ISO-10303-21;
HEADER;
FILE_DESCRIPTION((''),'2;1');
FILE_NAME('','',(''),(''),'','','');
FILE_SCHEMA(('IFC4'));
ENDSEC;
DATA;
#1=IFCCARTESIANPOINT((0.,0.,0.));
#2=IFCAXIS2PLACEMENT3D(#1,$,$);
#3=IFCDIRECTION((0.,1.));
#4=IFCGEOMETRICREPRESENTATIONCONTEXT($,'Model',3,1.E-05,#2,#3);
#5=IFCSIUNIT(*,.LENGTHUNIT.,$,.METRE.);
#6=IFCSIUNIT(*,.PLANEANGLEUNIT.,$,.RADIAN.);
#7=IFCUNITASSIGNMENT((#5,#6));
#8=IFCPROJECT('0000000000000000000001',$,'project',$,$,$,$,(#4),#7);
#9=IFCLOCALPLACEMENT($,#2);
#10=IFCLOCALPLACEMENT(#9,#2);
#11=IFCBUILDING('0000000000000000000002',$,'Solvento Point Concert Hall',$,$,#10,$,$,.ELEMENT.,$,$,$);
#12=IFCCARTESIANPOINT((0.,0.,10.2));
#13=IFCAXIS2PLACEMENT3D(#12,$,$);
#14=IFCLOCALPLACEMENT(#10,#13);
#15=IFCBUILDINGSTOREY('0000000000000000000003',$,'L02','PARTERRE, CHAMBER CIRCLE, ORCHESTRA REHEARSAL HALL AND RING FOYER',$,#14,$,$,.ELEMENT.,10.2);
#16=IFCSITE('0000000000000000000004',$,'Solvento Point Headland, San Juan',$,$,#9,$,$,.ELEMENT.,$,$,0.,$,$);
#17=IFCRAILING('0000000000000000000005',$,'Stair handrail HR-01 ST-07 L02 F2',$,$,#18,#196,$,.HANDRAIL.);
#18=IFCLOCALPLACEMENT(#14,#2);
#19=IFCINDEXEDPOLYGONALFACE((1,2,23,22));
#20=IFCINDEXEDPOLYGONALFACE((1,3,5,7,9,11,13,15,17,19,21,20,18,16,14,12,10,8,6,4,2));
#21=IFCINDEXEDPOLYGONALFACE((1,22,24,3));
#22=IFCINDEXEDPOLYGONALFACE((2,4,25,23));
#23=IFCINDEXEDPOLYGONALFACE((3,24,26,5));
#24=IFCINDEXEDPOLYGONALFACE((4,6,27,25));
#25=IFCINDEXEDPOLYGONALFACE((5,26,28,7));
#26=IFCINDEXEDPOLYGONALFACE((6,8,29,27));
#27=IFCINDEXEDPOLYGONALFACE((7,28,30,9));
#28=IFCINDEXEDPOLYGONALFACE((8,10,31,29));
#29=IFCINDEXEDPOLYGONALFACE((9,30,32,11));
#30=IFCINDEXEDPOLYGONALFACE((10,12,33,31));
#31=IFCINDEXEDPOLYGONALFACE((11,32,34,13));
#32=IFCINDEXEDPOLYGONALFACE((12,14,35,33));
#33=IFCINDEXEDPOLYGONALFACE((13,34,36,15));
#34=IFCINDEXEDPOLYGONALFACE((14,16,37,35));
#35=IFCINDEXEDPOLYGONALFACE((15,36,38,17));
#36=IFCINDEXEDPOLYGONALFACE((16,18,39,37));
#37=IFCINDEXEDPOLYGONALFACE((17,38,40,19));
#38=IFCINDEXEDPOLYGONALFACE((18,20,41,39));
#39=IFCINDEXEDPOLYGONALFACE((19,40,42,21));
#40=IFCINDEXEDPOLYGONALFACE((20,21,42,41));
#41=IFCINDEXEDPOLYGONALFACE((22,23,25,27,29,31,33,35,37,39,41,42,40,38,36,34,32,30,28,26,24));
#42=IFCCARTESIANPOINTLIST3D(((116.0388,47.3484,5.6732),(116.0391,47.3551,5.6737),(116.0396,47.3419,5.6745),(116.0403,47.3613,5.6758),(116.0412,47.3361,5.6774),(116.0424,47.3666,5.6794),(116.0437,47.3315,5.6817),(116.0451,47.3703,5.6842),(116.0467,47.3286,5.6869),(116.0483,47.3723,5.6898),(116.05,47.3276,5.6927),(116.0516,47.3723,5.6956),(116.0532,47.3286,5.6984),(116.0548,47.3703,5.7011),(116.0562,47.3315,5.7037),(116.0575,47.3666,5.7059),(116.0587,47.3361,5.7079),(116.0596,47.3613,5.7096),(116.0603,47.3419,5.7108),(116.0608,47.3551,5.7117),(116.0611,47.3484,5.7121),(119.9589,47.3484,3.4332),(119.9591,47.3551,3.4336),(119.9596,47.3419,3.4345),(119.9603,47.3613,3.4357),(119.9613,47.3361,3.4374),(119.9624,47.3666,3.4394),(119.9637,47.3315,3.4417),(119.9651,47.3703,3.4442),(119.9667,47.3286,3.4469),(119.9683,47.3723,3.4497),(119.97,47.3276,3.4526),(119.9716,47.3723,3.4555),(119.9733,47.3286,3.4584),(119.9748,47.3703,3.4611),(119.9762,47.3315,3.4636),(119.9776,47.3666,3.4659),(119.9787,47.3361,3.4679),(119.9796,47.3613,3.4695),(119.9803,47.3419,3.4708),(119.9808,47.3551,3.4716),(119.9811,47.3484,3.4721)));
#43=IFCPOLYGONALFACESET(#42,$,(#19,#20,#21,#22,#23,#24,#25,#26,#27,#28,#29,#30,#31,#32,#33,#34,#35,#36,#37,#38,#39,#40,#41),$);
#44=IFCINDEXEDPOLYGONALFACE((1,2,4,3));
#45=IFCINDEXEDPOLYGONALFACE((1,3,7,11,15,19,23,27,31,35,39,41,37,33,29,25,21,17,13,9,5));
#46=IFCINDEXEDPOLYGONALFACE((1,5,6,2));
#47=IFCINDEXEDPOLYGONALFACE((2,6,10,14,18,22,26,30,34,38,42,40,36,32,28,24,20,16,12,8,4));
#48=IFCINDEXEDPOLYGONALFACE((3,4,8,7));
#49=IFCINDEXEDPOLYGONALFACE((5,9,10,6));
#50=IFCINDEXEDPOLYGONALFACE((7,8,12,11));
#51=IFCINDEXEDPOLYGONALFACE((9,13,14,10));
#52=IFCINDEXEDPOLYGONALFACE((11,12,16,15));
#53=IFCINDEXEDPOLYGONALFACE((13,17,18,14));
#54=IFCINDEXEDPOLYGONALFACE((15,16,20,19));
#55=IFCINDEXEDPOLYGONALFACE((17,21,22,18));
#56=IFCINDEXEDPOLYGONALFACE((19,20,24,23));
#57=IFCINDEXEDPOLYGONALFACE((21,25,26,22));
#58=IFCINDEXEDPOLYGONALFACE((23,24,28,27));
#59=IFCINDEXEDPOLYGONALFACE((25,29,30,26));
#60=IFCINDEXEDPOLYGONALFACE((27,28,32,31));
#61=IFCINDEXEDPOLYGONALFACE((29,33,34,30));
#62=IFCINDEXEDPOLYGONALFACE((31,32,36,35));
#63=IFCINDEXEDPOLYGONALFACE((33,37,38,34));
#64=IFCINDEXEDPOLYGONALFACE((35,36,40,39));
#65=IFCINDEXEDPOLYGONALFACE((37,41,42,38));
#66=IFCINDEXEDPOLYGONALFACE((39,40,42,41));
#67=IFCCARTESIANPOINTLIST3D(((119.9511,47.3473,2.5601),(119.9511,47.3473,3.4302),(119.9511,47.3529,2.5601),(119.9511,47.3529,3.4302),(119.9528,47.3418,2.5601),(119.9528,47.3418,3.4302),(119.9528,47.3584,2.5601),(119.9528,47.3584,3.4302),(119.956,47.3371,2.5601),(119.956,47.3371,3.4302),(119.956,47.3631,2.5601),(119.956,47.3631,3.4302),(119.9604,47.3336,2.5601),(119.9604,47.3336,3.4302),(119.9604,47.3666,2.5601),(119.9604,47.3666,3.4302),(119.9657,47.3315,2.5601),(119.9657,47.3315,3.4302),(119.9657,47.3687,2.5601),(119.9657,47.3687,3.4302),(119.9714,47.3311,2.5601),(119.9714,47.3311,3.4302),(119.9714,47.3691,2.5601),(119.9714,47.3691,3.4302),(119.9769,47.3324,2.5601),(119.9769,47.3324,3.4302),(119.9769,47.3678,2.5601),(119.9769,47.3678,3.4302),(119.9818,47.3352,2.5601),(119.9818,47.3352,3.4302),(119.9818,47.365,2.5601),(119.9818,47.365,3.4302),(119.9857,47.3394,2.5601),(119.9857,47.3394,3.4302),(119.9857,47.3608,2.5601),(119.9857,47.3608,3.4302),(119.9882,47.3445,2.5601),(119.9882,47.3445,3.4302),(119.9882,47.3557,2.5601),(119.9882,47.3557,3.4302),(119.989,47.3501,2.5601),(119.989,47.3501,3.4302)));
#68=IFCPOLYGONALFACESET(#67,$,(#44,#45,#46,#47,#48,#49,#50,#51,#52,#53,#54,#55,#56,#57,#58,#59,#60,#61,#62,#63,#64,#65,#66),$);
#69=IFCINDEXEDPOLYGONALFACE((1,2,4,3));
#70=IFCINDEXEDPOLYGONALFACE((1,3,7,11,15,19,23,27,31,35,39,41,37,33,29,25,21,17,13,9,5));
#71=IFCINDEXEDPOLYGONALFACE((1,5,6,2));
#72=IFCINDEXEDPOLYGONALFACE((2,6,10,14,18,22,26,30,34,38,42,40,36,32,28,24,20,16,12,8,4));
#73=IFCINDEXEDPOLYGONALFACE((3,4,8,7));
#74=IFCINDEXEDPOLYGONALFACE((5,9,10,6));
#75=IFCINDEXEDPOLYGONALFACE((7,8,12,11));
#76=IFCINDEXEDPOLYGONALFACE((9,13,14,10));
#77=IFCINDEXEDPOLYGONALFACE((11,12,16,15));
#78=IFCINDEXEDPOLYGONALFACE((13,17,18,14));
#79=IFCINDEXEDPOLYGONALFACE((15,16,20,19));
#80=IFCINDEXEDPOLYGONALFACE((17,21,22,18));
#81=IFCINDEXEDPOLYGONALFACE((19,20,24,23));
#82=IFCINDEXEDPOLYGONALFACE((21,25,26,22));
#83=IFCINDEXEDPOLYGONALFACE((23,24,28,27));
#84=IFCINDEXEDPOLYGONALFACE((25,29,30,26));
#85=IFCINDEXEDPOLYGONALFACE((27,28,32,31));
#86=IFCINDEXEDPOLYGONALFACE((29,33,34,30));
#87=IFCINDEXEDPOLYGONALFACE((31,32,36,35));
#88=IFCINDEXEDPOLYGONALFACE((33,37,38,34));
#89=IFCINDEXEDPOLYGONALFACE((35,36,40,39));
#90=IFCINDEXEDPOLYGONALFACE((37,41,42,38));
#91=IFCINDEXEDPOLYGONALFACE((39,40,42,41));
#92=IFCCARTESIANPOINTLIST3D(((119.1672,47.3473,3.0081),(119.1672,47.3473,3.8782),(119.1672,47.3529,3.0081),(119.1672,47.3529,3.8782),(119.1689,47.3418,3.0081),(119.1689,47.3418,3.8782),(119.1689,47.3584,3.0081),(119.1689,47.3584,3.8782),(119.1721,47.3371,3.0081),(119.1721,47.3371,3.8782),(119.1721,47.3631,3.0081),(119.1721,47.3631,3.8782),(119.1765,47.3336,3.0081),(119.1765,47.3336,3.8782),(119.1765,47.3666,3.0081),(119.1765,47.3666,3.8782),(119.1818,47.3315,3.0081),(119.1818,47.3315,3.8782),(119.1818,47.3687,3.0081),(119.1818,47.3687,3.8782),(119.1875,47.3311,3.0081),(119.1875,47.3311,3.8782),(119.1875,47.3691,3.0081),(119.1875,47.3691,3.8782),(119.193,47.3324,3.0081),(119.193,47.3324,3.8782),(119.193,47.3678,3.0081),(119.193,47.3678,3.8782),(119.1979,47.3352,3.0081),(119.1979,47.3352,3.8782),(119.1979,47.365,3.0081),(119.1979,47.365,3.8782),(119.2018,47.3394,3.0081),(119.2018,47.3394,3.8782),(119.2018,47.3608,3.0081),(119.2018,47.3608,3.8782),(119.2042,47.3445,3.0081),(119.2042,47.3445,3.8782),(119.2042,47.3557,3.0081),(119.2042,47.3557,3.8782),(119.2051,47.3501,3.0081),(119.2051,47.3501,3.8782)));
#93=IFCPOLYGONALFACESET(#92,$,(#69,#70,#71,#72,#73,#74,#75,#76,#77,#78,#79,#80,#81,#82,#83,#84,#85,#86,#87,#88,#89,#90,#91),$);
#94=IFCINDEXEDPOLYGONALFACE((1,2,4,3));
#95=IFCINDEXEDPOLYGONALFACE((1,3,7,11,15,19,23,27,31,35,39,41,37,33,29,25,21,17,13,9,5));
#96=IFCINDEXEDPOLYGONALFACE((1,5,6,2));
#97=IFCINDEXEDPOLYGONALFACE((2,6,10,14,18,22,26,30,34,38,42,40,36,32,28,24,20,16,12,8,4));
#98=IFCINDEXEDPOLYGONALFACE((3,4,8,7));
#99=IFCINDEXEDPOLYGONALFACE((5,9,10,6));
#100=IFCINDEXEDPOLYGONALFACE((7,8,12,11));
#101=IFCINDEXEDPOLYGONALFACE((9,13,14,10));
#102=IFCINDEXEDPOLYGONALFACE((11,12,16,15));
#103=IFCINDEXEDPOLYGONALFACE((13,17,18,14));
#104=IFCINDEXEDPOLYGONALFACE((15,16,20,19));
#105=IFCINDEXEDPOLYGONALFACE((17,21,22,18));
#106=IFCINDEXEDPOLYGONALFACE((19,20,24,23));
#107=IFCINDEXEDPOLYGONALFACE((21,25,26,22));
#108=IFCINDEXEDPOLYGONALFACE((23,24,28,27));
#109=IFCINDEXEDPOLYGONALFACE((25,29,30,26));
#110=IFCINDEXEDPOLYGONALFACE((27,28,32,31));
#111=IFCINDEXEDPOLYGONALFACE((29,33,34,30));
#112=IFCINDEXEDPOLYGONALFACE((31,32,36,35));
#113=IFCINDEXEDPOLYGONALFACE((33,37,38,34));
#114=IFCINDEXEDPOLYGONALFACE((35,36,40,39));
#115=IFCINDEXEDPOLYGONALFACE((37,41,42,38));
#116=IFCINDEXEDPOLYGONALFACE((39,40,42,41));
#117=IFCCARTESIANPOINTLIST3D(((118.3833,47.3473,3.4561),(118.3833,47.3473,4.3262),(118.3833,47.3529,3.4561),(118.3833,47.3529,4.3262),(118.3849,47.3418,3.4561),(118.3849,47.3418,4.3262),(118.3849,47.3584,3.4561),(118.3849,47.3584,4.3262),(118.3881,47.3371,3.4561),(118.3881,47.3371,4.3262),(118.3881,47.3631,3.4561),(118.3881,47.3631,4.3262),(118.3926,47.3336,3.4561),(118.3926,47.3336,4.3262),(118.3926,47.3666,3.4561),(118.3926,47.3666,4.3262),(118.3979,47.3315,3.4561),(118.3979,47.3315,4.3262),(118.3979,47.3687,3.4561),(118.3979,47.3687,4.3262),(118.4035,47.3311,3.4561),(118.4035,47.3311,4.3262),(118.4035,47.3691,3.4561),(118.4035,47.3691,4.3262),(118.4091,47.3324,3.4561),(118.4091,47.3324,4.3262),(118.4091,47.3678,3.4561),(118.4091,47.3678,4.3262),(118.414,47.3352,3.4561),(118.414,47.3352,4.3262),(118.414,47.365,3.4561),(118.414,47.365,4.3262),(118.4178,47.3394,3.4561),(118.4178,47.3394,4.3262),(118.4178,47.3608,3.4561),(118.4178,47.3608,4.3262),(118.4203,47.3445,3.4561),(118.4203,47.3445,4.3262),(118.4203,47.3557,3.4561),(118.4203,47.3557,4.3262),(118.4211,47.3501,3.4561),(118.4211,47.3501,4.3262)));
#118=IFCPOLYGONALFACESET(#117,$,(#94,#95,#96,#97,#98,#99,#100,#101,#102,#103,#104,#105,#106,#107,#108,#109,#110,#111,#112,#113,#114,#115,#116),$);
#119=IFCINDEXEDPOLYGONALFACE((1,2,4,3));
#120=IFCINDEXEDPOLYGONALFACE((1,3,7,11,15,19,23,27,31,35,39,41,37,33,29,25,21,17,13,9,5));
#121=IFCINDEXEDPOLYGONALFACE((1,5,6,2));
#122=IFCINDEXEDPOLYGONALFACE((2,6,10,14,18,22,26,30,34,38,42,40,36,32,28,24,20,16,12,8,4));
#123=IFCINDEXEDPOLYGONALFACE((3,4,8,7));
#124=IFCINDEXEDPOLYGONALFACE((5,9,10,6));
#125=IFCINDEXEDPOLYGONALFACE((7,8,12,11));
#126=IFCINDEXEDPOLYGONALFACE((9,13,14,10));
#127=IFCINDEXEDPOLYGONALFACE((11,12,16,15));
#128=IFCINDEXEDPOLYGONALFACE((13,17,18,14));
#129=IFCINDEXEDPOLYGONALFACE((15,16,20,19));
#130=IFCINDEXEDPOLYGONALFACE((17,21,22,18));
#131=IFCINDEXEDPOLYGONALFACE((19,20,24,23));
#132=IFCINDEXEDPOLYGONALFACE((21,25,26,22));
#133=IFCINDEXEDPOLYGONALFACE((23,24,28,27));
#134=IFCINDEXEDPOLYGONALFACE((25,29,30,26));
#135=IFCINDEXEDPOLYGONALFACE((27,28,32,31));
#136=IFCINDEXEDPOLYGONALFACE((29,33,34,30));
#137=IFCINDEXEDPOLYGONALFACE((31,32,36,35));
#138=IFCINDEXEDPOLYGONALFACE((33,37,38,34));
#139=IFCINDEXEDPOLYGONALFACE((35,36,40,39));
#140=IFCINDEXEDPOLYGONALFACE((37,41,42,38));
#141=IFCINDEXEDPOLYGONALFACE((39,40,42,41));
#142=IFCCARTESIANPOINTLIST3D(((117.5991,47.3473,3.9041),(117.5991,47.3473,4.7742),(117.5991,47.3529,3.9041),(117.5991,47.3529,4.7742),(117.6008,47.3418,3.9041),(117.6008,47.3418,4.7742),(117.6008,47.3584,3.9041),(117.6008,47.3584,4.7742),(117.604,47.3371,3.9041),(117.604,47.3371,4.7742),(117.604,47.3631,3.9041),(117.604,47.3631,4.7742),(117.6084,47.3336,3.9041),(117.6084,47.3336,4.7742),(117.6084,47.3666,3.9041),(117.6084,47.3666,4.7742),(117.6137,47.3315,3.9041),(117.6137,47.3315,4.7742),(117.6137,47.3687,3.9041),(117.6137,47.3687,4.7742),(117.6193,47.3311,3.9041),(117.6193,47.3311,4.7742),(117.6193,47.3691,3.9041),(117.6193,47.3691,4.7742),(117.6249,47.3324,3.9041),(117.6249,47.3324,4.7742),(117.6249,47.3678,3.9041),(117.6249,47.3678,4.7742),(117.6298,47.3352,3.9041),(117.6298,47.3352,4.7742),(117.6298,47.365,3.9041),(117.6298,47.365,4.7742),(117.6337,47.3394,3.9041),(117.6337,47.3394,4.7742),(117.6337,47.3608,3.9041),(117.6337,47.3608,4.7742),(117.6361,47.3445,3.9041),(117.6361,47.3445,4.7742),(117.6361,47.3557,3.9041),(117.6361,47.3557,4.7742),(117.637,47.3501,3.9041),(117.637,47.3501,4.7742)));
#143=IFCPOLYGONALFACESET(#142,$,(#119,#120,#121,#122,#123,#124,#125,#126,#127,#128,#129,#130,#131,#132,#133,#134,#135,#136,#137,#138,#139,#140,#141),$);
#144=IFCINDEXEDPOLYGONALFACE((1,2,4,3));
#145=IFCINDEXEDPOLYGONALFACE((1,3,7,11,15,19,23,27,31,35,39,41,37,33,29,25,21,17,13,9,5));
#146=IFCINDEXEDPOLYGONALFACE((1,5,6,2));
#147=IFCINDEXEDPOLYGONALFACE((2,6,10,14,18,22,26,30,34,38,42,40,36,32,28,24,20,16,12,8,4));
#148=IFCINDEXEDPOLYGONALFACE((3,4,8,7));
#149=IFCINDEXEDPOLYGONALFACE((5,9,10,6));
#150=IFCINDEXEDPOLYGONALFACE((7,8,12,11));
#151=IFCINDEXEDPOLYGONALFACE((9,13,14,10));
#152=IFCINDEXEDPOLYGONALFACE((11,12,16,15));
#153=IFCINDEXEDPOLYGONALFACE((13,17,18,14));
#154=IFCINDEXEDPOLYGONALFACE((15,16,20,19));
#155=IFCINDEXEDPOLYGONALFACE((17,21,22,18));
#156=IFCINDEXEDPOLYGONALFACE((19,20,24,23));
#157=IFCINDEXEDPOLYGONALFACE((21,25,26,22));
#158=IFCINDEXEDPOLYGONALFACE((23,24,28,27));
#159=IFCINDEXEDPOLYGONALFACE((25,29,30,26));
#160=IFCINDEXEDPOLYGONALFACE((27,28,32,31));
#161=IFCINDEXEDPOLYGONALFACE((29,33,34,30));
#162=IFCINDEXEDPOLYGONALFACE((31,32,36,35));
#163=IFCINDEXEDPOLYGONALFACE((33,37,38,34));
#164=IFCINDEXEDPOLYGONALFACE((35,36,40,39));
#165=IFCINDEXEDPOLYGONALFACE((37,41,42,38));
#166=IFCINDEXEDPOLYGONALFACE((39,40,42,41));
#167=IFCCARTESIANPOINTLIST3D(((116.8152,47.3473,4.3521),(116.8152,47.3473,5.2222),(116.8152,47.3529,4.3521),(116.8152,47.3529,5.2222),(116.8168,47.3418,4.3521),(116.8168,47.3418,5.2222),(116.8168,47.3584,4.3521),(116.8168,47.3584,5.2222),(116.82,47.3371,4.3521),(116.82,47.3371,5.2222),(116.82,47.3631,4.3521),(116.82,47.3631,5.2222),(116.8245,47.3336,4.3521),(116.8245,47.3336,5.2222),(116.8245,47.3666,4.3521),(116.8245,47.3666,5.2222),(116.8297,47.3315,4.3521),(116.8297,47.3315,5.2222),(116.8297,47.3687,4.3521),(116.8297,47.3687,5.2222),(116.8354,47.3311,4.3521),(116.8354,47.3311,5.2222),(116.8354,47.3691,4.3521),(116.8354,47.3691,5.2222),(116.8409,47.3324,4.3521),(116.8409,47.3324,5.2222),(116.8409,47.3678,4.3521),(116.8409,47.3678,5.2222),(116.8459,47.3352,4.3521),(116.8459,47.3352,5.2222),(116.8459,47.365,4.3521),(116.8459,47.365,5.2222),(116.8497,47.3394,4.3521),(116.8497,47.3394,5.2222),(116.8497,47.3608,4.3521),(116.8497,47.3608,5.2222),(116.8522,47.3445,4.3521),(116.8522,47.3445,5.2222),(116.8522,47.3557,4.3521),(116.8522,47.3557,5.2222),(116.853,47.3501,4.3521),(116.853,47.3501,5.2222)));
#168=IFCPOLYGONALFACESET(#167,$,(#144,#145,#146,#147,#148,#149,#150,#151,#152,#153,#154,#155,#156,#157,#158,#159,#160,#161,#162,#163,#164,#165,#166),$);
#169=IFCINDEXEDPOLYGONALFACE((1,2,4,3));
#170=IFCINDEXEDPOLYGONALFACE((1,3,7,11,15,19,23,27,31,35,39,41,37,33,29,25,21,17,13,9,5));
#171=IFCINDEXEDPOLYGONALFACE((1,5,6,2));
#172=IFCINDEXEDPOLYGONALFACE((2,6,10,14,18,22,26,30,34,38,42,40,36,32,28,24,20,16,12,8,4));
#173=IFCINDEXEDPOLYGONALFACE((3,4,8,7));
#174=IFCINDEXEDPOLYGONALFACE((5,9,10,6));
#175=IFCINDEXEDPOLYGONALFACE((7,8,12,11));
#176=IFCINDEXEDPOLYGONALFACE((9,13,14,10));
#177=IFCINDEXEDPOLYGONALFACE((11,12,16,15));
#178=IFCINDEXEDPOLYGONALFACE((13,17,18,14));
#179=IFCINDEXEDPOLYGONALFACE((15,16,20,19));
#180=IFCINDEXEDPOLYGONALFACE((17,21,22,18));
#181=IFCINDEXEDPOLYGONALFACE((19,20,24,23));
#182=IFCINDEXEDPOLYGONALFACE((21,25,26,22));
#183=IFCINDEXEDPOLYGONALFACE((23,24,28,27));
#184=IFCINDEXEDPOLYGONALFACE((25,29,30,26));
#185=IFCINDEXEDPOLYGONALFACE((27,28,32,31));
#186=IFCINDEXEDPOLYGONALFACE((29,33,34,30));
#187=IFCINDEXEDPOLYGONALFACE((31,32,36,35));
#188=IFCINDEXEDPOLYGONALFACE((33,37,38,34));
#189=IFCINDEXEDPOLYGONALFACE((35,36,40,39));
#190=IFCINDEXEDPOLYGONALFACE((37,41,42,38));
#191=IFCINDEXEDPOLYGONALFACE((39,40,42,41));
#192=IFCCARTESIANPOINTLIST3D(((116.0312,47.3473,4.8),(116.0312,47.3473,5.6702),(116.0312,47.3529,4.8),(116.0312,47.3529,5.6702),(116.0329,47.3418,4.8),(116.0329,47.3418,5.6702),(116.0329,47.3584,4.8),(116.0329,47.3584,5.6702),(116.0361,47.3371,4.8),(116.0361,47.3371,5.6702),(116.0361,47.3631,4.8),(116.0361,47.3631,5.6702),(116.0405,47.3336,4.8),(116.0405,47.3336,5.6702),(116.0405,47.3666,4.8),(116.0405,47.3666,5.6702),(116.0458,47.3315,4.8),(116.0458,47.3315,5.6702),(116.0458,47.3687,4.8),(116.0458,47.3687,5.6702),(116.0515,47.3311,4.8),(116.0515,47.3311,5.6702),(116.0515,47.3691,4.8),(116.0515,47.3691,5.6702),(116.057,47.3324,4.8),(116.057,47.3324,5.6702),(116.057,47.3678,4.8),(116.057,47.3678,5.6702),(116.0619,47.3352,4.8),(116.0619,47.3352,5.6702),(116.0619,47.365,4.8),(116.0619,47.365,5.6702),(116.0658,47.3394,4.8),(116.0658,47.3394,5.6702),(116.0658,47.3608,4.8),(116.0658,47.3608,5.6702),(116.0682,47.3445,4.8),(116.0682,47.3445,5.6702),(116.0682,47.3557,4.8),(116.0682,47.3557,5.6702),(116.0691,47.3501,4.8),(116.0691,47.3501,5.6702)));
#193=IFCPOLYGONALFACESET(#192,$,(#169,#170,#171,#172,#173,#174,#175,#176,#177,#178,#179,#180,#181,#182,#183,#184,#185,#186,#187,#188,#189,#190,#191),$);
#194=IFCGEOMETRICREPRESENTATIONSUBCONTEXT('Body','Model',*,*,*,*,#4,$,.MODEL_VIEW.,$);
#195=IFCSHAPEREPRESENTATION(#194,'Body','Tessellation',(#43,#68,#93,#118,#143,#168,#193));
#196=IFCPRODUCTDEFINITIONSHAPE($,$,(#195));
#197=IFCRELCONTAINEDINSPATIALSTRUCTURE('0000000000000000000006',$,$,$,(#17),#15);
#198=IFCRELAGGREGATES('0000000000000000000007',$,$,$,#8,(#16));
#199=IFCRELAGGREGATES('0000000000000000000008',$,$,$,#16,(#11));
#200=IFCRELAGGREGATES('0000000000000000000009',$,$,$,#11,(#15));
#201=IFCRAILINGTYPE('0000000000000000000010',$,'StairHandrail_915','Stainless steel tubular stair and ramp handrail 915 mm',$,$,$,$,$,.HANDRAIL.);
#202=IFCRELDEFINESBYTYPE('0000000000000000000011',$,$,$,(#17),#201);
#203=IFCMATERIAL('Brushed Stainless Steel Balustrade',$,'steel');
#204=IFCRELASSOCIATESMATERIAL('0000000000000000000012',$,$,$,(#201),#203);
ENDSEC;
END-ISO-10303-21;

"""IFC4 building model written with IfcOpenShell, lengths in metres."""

from ifc_helpers import new_model, si_unit, direction, frame, origin, origin_2d, place, context, subcontext, project, spatial, circle, extrude, material, type_object, element, save


model = new_model("IFC4")

# Units and contexts
model_context = context("Model", 3, precision=1e-05, world=origin(), true_north=direction((0.0, 1.0)))
body_context = subcontext(model_context, "Body", "Model", "MODEL_VIEW")
ifc_project = project(units=[si_unit("LENGTHUNIT", "METRE"), si_unit("PLANEANGLEUNIT", "RADIAN")], contexts=[model_context])

# Site, building, storey
site_placement = place(None, origin())
site = spatial("IfcSite", under=ifc_project, at=site_placement, Name="Solvento Point Headland, San Juan", CompositionType="ELEMENT", RefElevation=0.0)
building_placement = place(site_placement, origin())
building = spatial("IfcBuilding", under=site, at=building_placement, Name="Solvento Point Concert Hall", CompositionType="ELEMENT")
storey_placement = place(building_placement, frame((0.0, 0.0, 10.2)))
storey = spatial("IfcBuildingStorey", under=building, at=storey_placement, Name="L02", Description="PARTERRE, CHAMBER CIRCLE, ORCHESTRA REHEARSAL HALL AND RING FOYER", CompositionType="ELEMENT", Elevation=10.2)

# Railing
ifc_material_1 = material(Name="Brushed Stainless Steel Balustrade", Category="steel")
railing_type_1 = type_object("IfcRailingType", Name="StairHandrail_915", Description="Stainless steel tubular stair and ramp handrail 915 mm", PredefinedType="HANDRAIL", material=ifc_material_1)
railing_1_placement = place(storey_placement, frame((119.97, 47.3501, 2.5601)))
element("IfcRailing", 1, at=railing_1_placement, inside=storey, type_object=railing_type_1, Name="Stair handrail HR-01 ST-07 L02 F2", PredefinedType="HANDRAIL", context=body_context, shape_type="SweptSolid", body=[
    extrude(circle(Radius=0.0225, at=origin_2d()), frame((0.0, 0.0, 0.8926), z_axis=(-0.86824, 0.0, 0.496145), x_axis=(0.0, -1.0, 0.0)), (0.0, 0.0, 1.0), 4.5149),
    extrude(circle(Radius=0.019, at=origin_2d()), origin(), (0.0, 0.0, 1.0), 0.8701),
    extrude(circle(Radius=0.019, at=origin_2d()), frame((-0.7839, 0.0, 0.448)), (0.0, 0.0, 1.0), 0.8701),
    extrude(circle(Radius=0.019, at=origin_2d()), frame((-1.5679, 0.0, 0.896)), (0.0, 0.0, 1.0), 0.8701),
    extrude(circle(Radius=0.019, at=origin_2d()), frame((-2.3521, 0.0, 1.344)), (0.0, 0.0, 1.0), 0.8701),
    extrude(circle(Radius=0.019, at=origin_2d()), frame((-3.136, 0.0, 1.792)), (0.0, 0.0, 1.0), 0.8701),
    extrude(circle(Radius=0.019, at=origin_2d()), frame((-3.9199, 0.0, 2.24)), (0.0, 0.0, 1.0), 0.8701),
])

save(model, "model.ifc")
